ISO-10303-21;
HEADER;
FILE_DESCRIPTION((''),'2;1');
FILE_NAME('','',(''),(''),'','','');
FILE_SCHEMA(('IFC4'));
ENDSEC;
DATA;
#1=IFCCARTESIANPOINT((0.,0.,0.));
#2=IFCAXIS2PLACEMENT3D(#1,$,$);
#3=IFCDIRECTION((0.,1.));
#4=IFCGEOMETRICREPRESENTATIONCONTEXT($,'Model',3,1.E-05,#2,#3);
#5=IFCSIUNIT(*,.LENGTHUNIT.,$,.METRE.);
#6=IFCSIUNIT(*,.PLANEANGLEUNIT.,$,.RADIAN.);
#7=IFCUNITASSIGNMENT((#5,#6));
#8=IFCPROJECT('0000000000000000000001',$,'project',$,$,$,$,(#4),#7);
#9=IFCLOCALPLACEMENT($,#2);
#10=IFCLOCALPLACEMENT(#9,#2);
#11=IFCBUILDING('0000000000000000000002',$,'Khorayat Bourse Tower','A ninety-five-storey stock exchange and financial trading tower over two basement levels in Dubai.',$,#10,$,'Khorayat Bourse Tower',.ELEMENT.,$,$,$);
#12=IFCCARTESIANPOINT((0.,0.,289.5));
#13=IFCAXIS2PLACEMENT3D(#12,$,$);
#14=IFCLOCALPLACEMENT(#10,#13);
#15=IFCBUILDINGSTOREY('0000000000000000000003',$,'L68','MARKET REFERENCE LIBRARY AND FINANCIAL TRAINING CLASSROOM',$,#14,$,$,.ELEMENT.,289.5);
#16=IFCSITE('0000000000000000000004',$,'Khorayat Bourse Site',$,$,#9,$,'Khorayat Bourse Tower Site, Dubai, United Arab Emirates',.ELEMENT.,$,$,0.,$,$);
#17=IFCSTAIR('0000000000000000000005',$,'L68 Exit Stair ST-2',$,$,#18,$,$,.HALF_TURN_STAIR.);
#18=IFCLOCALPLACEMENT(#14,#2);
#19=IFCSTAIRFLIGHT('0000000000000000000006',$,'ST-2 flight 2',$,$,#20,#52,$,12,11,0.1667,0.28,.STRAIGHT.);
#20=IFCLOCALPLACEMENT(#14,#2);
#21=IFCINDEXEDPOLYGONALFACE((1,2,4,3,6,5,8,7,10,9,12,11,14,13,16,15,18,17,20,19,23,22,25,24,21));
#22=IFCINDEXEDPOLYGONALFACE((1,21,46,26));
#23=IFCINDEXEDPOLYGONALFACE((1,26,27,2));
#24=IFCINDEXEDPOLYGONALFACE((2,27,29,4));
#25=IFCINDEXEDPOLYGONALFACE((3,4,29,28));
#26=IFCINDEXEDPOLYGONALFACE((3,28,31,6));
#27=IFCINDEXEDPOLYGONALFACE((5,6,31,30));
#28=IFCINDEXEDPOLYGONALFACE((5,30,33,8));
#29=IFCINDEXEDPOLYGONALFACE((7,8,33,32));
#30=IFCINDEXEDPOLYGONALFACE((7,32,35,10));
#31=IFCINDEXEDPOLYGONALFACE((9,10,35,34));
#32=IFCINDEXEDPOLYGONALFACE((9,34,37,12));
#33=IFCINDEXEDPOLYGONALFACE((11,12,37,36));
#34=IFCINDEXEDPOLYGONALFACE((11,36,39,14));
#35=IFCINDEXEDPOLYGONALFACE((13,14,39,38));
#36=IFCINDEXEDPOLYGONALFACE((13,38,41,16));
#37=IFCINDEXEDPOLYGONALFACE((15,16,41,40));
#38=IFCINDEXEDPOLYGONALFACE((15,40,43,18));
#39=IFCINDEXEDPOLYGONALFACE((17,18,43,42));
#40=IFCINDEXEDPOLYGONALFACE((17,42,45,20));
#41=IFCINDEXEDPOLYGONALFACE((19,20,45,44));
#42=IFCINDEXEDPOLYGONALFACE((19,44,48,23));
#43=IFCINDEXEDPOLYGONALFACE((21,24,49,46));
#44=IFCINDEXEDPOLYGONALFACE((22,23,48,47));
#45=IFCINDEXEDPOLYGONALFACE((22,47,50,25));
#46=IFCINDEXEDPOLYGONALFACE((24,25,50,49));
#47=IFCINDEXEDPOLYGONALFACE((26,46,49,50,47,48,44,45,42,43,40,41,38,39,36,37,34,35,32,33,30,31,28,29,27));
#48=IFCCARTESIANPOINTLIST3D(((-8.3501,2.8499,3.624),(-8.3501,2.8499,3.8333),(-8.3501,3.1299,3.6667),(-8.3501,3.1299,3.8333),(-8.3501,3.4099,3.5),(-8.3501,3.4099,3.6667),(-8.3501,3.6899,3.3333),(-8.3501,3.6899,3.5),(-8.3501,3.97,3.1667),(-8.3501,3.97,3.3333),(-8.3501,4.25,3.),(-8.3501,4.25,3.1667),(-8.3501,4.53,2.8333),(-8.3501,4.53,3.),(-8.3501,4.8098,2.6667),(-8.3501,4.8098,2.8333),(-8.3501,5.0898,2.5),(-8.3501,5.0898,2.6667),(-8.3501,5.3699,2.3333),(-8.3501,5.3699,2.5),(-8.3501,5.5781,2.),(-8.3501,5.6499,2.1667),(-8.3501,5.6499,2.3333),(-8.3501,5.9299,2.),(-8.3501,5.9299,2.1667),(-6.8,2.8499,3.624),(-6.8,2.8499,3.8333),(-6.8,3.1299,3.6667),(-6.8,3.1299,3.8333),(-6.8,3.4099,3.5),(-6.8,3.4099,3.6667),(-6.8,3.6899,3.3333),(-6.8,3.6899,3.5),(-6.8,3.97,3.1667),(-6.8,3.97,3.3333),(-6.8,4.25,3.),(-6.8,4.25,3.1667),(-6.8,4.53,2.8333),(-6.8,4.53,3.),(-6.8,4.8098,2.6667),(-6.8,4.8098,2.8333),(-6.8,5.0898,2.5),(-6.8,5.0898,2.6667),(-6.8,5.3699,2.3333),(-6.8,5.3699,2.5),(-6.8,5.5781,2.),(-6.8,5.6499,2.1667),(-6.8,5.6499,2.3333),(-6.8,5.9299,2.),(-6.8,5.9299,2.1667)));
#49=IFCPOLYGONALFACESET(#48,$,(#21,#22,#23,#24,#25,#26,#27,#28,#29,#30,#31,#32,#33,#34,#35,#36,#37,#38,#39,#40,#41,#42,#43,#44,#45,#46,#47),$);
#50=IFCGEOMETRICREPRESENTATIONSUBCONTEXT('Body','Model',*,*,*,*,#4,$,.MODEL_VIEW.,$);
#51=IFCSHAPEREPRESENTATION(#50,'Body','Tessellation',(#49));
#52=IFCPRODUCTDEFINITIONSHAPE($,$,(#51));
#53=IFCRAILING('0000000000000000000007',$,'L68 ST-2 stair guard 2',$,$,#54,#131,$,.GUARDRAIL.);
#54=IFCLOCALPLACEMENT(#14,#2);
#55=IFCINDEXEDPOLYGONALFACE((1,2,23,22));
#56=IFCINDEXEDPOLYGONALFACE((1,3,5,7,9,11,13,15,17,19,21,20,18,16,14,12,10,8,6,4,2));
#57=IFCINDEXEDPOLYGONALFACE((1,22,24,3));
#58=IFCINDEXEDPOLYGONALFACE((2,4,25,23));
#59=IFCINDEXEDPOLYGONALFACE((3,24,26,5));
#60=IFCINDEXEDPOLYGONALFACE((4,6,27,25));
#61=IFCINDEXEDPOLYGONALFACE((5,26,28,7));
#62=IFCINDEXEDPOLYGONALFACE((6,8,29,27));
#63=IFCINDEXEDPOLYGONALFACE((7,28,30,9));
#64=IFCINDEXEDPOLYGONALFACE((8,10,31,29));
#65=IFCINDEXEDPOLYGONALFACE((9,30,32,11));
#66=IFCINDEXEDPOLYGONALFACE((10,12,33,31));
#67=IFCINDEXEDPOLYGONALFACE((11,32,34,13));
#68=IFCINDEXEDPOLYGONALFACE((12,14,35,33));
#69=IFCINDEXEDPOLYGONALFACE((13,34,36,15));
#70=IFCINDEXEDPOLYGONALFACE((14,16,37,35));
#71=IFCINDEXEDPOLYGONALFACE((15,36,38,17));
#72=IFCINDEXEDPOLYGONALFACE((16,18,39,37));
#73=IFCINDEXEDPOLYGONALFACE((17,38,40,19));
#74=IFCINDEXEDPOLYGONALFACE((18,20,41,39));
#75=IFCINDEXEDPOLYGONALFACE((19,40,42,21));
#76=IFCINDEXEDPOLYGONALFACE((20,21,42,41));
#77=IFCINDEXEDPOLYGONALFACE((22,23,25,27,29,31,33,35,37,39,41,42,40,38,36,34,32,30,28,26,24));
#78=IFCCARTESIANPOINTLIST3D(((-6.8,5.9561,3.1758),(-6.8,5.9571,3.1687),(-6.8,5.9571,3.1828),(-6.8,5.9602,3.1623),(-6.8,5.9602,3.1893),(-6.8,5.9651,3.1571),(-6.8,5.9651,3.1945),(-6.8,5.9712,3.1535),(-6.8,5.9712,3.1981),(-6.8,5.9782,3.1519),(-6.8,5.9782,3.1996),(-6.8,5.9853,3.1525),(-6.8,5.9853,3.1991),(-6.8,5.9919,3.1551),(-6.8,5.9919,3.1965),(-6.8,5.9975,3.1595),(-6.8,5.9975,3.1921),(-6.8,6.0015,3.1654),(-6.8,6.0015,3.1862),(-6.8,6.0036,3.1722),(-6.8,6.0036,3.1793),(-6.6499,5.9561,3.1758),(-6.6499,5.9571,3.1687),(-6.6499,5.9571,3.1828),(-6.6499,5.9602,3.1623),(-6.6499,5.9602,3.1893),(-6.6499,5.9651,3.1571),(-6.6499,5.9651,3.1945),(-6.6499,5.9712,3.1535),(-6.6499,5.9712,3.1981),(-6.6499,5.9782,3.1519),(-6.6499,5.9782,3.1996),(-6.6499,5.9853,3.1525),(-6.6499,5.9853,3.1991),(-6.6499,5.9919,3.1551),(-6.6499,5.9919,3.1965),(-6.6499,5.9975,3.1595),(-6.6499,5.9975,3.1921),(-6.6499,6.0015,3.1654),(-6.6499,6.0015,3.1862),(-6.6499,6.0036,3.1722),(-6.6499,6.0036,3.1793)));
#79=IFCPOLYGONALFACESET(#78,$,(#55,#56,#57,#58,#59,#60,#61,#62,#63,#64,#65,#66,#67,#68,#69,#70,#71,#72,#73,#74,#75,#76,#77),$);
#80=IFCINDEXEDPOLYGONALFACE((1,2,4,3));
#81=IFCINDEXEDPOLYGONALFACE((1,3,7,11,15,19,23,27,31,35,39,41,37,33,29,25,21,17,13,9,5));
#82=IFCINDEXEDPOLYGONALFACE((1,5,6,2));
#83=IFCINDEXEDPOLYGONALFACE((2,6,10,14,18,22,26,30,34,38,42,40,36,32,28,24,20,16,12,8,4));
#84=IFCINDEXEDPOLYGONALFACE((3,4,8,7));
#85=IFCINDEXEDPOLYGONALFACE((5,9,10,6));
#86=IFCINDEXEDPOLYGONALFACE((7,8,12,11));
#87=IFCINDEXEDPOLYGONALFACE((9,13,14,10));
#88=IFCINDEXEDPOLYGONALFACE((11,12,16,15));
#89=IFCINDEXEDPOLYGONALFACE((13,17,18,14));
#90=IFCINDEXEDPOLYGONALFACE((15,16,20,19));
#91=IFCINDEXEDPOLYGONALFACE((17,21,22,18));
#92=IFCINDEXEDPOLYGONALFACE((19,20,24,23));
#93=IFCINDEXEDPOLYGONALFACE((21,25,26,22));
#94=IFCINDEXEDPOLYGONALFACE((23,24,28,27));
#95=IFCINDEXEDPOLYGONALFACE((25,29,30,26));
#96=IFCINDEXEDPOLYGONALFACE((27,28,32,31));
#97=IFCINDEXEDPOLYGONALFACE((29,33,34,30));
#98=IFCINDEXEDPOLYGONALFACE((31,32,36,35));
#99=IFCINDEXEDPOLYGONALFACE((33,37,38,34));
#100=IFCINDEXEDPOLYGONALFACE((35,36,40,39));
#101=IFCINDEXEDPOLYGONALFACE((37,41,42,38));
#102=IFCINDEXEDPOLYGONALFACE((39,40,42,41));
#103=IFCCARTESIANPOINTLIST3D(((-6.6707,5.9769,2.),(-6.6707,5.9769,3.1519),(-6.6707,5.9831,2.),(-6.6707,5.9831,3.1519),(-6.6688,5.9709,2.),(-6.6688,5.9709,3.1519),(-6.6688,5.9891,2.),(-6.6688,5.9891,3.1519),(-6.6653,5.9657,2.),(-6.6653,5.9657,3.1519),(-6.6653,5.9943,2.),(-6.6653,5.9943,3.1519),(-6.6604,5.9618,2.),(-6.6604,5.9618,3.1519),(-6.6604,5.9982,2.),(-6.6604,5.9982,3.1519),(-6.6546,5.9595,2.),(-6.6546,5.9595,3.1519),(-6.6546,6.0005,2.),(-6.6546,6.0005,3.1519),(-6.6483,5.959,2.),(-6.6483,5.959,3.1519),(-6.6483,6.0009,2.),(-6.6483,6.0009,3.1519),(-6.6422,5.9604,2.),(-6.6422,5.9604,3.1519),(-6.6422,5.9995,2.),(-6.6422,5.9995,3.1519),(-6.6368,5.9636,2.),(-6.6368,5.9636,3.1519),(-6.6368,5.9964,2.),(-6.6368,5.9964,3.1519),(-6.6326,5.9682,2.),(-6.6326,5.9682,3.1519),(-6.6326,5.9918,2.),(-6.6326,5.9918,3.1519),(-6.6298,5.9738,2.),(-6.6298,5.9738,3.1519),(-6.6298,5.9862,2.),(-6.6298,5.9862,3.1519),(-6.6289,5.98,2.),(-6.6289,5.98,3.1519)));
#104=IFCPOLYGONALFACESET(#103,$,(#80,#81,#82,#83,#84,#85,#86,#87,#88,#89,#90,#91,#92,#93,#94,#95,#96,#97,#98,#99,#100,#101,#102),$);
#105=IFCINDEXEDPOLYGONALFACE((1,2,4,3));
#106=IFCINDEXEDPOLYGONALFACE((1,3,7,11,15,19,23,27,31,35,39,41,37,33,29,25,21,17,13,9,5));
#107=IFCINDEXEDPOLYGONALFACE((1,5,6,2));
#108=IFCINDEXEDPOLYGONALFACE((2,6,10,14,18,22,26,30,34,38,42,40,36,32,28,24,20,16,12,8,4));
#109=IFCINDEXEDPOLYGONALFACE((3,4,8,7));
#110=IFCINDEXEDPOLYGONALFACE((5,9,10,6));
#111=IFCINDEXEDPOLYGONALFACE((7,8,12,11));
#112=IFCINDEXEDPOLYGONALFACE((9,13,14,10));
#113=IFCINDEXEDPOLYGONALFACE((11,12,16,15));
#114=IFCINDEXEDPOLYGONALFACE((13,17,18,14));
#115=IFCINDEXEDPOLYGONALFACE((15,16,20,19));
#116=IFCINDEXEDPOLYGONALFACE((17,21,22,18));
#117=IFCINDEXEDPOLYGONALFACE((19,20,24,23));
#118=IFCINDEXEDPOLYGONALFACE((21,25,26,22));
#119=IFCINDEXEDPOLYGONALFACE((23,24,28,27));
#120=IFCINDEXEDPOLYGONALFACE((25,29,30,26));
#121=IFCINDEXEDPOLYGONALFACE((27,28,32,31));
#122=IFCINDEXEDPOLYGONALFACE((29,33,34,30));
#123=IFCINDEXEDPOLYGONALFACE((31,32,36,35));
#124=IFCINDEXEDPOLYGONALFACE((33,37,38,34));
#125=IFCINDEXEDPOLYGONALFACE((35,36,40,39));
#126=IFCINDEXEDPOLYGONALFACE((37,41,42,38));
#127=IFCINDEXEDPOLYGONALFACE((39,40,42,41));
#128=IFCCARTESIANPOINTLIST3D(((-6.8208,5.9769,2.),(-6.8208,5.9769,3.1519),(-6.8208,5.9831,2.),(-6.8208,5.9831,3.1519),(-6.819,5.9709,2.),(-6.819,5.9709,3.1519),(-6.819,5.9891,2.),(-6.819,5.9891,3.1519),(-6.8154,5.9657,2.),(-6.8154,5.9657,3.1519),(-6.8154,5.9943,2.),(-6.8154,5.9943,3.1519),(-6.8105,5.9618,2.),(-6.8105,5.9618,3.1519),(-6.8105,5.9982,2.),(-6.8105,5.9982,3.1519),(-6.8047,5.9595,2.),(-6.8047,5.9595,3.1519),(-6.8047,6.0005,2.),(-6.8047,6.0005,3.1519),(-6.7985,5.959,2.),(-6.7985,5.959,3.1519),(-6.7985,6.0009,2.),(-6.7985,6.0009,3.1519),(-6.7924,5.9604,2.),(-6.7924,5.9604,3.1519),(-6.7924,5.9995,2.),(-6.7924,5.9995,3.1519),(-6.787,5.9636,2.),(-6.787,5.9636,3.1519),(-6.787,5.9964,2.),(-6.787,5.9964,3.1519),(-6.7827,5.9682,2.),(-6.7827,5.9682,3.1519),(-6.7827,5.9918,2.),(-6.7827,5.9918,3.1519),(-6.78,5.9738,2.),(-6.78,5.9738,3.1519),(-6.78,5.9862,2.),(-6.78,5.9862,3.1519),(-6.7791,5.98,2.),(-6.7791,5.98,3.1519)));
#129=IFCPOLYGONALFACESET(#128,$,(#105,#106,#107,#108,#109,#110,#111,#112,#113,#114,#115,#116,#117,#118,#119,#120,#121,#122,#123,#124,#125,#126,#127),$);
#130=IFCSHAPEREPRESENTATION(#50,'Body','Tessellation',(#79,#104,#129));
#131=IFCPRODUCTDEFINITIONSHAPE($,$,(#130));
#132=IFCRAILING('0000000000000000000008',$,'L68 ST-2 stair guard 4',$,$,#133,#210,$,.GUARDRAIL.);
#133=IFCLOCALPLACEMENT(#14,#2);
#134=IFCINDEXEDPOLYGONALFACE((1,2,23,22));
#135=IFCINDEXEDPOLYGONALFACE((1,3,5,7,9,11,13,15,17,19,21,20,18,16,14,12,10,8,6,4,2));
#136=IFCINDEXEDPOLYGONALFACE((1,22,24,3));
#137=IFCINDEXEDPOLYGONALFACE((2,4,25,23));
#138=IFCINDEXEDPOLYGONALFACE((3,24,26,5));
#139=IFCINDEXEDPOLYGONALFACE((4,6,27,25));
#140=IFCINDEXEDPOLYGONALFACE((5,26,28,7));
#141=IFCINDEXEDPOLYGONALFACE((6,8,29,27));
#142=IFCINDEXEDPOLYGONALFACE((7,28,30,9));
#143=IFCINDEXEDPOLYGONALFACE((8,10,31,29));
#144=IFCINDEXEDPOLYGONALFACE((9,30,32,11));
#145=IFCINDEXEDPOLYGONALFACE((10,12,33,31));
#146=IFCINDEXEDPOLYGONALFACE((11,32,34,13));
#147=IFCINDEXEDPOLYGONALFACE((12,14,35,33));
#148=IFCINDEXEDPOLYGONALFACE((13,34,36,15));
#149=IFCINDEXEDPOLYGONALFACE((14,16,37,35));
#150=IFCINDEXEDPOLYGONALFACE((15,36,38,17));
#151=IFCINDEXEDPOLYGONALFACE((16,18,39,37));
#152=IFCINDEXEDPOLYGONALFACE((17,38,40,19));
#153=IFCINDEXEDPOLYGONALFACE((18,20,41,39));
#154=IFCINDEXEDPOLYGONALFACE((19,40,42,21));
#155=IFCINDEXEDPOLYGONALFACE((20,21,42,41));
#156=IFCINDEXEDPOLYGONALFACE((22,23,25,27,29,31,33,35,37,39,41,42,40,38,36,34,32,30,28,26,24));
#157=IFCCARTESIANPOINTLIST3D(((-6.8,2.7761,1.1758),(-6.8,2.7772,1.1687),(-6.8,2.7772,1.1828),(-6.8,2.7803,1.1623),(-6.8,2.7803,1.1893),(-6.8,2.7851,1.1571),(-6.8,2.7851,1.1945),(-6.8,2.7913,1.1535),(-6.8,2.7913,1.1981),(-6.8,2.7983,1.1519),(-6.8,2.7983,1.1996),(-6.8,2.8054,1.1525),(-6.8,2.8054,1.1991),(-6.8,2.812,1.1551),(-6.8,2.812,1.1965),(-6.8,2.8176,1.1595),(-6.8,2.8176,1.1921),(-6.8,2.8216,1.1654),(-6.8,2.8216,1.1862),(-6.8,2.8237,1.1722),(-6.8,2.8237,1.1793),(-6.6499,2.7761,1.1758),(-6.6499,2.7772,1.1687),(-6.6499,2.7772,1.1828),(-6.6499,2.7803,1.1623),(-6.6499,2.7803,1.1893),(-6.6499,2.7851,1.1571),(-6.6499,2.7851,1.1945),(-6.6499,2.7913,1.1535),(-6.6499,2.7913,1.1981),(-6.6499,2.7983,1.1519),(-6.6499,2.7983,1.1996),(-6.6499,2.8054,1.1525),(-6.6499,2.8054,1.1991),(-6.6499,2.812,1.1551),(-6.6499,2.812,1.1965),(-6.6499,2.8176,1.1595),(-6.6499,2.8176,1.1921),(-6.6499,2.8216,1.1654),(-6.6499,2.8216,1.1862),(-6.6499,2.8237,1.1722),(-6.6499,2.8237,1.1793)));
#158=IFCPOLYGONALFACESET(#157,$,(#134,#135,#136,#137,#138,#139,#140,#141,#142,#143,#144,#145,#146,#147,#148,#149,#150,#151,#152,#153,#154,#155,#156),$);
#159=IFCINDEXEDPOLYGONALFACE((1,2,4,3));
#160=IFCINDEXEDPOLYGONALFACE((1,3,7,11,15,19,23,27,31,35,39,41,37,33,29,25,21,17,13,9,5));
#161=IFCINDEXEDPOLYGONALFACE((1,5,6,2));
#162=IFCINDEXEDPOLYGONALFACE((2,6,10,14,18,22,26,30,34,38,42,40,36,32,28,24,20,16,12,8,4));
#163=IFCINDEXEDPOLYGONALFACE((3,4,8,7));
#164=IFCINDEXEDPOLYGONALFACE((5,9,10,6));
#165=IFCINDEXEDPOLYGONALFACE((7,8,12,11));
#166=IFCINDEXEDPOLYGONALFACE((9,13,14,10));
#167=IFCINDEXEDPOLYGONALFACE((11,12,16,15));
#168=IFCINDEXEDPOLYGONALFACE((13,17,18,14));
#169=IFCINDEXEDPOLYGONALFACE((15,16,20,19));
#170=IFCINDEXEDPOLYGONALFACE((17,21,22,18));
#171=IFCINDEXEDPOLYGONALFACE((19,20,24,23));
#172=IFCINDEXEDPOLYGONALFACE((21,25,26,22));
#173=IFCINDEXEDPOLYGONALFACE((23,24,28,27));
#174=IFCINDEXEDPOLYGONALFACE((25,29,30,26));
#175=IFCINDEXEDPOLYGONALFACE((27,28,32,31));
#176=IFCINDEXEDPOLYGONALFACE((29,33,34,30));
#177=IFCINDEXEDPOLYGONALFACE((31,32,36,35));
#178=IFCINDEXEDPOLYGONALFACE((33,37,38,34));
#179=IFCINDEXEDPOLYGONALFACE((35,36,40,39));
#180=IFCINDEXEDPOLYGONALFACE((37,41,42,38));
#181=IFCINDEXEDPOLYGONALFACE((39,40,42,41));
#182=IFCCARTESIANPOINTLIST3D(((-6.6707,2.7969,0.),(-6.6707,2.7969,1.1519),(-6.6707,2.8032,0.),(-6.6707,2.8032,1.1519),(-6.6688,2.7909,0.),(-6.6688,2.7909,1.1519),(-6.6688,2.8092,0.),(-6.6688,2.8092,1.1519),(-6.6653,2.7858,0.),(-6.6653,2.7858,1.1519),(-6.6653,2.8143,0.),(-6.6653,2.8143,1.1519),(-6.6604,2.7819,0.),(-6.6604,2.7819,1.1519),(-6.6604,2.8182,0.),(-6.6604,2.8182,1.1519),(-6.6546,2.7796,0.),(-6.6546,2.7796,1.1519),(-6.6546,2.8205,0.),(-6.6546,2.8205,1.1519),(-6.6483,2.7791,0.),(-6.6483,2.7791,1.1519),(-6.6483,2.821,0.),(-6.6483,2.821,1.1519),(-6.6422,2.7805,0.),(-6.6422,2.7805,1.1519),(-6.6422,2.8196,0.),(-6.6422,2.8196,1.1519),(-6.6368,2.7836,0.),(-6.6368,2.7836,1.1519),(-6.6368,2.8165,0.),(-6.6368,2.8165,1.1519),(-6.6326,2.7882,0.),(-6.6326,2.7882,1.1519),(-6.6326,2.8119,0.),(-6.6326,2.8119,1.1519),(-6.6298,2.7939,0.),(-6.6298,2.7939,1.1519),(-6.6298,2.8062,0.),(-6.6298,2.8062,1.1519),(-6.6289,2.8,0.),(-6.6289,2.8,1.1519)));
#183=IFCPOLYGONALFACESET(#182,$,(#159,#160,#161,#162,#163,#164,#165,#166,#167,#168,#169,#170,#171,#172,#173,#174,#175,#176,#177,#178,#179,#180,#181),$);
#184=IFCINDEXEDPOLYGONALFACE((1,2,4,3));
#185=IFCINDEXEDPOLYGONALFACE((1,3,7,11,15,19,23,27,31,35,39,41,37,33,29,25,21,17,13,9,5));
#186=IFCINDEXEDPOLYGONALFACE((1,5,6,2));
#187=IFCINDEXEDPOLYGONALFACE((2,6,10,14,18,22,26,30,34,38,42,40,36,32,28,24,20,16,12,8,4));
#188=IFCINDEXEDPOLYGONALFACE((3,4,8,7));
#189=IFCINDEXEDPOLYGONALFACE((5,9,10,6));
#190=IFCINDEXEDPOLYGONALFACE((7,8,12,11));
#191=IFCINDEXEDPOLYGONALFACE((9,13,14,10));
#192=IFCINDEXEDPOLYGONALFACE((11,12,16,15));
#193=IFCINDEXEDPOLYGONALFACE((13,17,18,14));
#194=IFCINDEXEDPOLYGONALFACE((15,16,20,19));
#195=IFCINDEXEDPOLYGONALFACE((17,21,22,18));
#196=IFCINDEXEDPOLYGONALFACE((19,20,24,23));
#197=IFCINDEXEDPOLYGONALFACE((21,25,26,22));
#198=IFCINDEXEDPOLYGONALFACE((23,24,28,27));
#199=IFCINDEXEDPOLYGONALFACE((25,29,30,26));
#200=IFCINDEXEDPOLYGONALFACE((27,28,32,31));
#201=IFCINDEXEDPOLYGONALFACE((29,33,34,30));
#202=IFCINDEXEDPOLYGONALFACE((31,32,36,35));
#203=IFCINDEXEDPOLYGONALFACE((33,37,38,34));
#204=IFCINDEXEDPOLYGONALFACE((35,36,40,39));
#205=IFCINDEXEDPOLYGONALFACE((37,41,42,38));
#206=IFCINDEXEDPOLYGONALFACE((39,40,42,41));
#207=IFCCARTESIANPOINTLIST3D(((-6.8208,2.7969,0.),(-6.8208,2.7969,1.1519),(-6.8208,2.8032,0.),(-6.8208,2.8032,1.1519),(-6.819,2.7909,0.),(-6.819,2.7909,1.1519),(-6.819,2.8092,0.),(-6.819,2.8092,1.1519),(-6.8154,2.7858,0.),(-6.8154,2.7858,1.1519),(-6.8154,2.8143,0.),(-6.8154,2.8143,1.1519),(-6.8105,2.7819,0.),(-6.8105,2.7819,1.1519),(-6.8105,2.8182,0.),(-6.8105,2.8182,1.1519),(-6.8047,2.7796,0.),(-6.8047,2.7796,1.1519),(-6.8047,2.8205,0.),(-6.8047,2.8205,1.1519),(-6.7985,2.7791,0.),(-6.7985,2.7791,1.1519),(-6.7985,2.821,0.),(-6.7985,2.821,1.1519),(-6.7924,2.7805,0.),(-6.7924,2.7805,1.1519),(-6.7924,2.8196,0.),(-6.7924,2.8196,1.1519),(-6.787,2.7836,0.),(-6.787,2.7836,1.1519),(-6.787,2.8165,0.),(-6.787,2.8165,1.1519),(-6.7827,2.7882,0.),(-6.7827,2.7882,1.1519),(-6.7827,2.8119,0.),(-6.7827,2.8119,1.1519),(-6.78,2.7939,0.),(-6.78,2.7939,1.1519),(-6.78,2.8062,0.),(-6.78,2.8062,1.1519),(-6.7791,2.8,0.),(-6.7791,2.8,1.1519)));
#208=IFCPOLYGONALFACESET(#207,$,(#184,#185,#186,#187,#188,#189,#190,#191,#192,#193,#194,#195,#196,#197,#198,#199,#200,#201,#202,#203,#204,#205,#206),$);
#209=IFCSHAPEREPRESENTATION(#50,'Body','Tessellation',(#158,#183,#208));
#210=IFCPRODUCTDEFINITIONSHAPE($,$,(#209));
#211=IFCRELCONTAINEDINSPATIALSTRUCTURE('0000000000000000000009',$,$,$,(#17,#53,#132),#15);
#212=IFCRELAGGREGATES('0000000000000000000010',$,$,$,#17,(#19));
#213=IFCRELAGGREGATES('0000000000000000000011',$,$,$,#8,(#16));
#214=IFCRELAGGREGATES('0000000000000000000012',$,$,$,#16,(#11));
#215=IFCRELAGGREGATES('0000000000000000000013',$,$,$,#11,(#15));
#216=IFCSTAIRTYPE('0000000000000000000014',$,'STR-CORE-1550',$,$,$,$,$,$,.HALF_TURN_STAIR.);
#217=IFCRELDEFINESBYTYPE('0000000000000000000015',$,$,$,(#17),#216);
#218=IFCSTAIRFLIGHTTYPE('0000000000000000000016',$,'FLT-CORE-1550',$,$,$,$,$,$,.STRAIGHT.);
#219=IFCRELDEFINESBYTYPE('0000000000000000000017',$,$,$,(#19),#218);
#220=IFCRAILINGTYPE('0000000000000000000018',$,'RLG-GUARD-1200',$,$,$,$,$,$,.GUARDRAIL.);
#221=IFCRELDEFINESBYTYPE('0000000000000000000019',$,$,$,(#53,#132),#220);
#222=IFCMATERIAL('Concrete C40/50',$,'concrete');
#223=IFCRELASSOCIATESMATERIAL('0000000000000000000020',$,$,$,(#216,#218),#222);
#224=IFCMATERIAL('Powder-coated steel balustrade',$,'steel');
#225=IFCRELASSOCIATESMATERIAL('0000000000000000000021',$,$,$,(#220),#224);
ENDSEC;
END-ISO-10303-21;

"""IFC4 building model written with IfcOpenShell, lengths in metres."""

from ifc_helpers import new_model, si_unit, direction, frame, origin, origin_2d, place, context, subcontext, project, spatial, polyline, circle, outline, extrude, source, transform, mapped, material, type_object, element, aggregate, save


model = new_model("IFC4")

# Units and contexts
model_context = context("Model", 3, precision=1e-05, world=origin(), true_north=direction((0.0, 1.0)))
body_context = subcontext(model_context, "Body", "Model", "MODEL_VIEW")
ifc_project = project(units=[si_unit("LENGTHUNIT", "METRE"), si_unit("PLANEANGLEUNIT", "RADIAN")], contexts=[model_context])

# Site, building, storey
site_placement = place(None, origin())
site = spatial("IfcSite", under=ifc_project, at=site_placement, Name="Khorayat Bourse Site", LongName="Khorayat Bourse Tower Site, Dubai, United Arab Emirates", CompositionType="ELEMENT", RefElevation=0.0)
building_placement = place(site_placement, origin())
building = spatial("IfcBuilding", under=site, at=building_placement, Name="Khorayat Bourse Tower", Description="A ninety-five-storey stock exchange and financial trading tower over two basement levels in Dubai.", LongName="Khorayat Bourse Tower", CompositionType="ELEMENT")
storey_placement = place(building_placement, frame((0.0, 0.0, 289.5)))
storey = spatial("IfcBuildingStorey", under=building, at=storey_placement, Name="L68", Description="MARKET REFERENCE LIBRARY AND FINANCIAL TRAINING CLASSROOM", CompositionType="ELEMENT", Elevation=289.5)

# Stair, stair flight
ifc_material_1 = material(Name="Concrete C40/50", Category="concrete")
stair_type = type_object("IfcStairType", Name="STR-CORE-1550", PredefinedType="HALF_TURN_STAIR", material=ifc_material_1)
stair_placement = place(storey_placement, origin())
stair = element("IfcStair", 1, at=stair_placement, inside=storey, type_object=stair_type, Name="L68 Exit Stair ST-2", PredefinedType="HALF_TURN_STAIR")
stair_flight_type = type_object("IfcStairFlightType", Name="FLT-CORE-1550", PredefinedType="STRAIGHT", material=ifc_material_1)
shared_shape_1 = source(origin(), body_context, "Body", "SweptSolid", [
    extrude(outline(polyline([(0.0, 0.0), (0.0, 0.1667), (0.28, 0.1667), (0.28, 0.3333), (0.5601, 0.3333), (0.5601, 0.5), (0.8401, 0.5), (0.8401, 0.6667), (1.1201, 0.6667), (1.1201, 0.8333), (1.3999, 0.8333), (1.3999, 1.0), (1.6799, 1.0), (1.6799, 1.1667), (1.96, 1.1667), (1.96, 1.3333), (2.24, 1.3333), (2.24, 1.5), (2.52, 1.5), (2.52, 1.6667), (2.8, 1.6667), (2.8, 1.8333), (3.0801, 1.8333), (3.0801, 2.0), (3.0801, 1.624), (0.3518, 0.0), (0.0, 0.0)])), frame((0.0, 0.7749, 0.0), z_axis=(0.0, -1.0, 0.0), x_axis=(1.0, 0.0, 0.0)), (0.0, 0.0, 1.0), 1.55),
])
stair_flight_1_placement = place(storey_placement, frame((-7.575, 5.9299, 2.0), z_axis=(0.0, 0.0, 1.0), x_axis=(0.0, -1.0, 0.0)))
stair_flight_1 = element("IfcStairFlight", 2, at=stair_flight_1_placement, type_object=stair_flight_type, Name="ST-2 flight 2", NumberOfRisers=12, NumberOfTreads=11, PredefinedType="STRAIGHT", RiserHeight=0.1667, TreadLength=0.28, context=body_context, shape_type="MappedRepresentation", body=[
    mapped(shared_shape_1, transform((0.0, 0.0, 0.0), scale=1.0)),
])
aggregate(stair, [stair_flight_1])

# Railings
ifc_material_2 = material(Name="Powder-coated steel balustrade", Category="steel")
railing_type_1 = type_object("IfcRailingType", Name="RLG-GUARD-1200", PredefinedType="GUARDRAIL", material=ifc_material_2)
shared_shape_2 = source(origin(), body_context, "Body", "SweptSolid", [
    extrude(circle(Radius=0.0239, at=origin_2d()), frame((0.0, 0.0, 1.1758), z_axis=(-1.0, 0.0, 0.0), x_axis=(0.0, -1.0, 0.0)), (0.0, 0.0, 1.0), 0.1501),
    extrude(circle(Radius=0.021, at=origin_2d()), origin(), (0.0, 0.0, 1.0), 1.1519),
    extrude(circle(Radius=0.021, at=origin_2d()), frame((-0.1501, 0.0, 0.0)), (0.0, 0.0, 1.0), 1.1519),
])
for number, where, name in (
    (3, (-6.6499, 5.98, 2.0), "L68 ST-2 stair guard 2"),
    (4, (-6.6499, 2.8, 0.0), "L68 ST-2 stair guard 4"),
):
    element("IfcRailing", number, at=place(storey_placement, frame(where)), inside=storey, type_object=railing_type_1, Name=name, PredefinedType="GUARDRAIL", context=body_context, shape_type="MappedRepresentation", body=[
        mapped(shared_shape_2, transform((0.0, 0.0, 0.0), scale=1.0)),
    ])

save(model, "model.ifc")
